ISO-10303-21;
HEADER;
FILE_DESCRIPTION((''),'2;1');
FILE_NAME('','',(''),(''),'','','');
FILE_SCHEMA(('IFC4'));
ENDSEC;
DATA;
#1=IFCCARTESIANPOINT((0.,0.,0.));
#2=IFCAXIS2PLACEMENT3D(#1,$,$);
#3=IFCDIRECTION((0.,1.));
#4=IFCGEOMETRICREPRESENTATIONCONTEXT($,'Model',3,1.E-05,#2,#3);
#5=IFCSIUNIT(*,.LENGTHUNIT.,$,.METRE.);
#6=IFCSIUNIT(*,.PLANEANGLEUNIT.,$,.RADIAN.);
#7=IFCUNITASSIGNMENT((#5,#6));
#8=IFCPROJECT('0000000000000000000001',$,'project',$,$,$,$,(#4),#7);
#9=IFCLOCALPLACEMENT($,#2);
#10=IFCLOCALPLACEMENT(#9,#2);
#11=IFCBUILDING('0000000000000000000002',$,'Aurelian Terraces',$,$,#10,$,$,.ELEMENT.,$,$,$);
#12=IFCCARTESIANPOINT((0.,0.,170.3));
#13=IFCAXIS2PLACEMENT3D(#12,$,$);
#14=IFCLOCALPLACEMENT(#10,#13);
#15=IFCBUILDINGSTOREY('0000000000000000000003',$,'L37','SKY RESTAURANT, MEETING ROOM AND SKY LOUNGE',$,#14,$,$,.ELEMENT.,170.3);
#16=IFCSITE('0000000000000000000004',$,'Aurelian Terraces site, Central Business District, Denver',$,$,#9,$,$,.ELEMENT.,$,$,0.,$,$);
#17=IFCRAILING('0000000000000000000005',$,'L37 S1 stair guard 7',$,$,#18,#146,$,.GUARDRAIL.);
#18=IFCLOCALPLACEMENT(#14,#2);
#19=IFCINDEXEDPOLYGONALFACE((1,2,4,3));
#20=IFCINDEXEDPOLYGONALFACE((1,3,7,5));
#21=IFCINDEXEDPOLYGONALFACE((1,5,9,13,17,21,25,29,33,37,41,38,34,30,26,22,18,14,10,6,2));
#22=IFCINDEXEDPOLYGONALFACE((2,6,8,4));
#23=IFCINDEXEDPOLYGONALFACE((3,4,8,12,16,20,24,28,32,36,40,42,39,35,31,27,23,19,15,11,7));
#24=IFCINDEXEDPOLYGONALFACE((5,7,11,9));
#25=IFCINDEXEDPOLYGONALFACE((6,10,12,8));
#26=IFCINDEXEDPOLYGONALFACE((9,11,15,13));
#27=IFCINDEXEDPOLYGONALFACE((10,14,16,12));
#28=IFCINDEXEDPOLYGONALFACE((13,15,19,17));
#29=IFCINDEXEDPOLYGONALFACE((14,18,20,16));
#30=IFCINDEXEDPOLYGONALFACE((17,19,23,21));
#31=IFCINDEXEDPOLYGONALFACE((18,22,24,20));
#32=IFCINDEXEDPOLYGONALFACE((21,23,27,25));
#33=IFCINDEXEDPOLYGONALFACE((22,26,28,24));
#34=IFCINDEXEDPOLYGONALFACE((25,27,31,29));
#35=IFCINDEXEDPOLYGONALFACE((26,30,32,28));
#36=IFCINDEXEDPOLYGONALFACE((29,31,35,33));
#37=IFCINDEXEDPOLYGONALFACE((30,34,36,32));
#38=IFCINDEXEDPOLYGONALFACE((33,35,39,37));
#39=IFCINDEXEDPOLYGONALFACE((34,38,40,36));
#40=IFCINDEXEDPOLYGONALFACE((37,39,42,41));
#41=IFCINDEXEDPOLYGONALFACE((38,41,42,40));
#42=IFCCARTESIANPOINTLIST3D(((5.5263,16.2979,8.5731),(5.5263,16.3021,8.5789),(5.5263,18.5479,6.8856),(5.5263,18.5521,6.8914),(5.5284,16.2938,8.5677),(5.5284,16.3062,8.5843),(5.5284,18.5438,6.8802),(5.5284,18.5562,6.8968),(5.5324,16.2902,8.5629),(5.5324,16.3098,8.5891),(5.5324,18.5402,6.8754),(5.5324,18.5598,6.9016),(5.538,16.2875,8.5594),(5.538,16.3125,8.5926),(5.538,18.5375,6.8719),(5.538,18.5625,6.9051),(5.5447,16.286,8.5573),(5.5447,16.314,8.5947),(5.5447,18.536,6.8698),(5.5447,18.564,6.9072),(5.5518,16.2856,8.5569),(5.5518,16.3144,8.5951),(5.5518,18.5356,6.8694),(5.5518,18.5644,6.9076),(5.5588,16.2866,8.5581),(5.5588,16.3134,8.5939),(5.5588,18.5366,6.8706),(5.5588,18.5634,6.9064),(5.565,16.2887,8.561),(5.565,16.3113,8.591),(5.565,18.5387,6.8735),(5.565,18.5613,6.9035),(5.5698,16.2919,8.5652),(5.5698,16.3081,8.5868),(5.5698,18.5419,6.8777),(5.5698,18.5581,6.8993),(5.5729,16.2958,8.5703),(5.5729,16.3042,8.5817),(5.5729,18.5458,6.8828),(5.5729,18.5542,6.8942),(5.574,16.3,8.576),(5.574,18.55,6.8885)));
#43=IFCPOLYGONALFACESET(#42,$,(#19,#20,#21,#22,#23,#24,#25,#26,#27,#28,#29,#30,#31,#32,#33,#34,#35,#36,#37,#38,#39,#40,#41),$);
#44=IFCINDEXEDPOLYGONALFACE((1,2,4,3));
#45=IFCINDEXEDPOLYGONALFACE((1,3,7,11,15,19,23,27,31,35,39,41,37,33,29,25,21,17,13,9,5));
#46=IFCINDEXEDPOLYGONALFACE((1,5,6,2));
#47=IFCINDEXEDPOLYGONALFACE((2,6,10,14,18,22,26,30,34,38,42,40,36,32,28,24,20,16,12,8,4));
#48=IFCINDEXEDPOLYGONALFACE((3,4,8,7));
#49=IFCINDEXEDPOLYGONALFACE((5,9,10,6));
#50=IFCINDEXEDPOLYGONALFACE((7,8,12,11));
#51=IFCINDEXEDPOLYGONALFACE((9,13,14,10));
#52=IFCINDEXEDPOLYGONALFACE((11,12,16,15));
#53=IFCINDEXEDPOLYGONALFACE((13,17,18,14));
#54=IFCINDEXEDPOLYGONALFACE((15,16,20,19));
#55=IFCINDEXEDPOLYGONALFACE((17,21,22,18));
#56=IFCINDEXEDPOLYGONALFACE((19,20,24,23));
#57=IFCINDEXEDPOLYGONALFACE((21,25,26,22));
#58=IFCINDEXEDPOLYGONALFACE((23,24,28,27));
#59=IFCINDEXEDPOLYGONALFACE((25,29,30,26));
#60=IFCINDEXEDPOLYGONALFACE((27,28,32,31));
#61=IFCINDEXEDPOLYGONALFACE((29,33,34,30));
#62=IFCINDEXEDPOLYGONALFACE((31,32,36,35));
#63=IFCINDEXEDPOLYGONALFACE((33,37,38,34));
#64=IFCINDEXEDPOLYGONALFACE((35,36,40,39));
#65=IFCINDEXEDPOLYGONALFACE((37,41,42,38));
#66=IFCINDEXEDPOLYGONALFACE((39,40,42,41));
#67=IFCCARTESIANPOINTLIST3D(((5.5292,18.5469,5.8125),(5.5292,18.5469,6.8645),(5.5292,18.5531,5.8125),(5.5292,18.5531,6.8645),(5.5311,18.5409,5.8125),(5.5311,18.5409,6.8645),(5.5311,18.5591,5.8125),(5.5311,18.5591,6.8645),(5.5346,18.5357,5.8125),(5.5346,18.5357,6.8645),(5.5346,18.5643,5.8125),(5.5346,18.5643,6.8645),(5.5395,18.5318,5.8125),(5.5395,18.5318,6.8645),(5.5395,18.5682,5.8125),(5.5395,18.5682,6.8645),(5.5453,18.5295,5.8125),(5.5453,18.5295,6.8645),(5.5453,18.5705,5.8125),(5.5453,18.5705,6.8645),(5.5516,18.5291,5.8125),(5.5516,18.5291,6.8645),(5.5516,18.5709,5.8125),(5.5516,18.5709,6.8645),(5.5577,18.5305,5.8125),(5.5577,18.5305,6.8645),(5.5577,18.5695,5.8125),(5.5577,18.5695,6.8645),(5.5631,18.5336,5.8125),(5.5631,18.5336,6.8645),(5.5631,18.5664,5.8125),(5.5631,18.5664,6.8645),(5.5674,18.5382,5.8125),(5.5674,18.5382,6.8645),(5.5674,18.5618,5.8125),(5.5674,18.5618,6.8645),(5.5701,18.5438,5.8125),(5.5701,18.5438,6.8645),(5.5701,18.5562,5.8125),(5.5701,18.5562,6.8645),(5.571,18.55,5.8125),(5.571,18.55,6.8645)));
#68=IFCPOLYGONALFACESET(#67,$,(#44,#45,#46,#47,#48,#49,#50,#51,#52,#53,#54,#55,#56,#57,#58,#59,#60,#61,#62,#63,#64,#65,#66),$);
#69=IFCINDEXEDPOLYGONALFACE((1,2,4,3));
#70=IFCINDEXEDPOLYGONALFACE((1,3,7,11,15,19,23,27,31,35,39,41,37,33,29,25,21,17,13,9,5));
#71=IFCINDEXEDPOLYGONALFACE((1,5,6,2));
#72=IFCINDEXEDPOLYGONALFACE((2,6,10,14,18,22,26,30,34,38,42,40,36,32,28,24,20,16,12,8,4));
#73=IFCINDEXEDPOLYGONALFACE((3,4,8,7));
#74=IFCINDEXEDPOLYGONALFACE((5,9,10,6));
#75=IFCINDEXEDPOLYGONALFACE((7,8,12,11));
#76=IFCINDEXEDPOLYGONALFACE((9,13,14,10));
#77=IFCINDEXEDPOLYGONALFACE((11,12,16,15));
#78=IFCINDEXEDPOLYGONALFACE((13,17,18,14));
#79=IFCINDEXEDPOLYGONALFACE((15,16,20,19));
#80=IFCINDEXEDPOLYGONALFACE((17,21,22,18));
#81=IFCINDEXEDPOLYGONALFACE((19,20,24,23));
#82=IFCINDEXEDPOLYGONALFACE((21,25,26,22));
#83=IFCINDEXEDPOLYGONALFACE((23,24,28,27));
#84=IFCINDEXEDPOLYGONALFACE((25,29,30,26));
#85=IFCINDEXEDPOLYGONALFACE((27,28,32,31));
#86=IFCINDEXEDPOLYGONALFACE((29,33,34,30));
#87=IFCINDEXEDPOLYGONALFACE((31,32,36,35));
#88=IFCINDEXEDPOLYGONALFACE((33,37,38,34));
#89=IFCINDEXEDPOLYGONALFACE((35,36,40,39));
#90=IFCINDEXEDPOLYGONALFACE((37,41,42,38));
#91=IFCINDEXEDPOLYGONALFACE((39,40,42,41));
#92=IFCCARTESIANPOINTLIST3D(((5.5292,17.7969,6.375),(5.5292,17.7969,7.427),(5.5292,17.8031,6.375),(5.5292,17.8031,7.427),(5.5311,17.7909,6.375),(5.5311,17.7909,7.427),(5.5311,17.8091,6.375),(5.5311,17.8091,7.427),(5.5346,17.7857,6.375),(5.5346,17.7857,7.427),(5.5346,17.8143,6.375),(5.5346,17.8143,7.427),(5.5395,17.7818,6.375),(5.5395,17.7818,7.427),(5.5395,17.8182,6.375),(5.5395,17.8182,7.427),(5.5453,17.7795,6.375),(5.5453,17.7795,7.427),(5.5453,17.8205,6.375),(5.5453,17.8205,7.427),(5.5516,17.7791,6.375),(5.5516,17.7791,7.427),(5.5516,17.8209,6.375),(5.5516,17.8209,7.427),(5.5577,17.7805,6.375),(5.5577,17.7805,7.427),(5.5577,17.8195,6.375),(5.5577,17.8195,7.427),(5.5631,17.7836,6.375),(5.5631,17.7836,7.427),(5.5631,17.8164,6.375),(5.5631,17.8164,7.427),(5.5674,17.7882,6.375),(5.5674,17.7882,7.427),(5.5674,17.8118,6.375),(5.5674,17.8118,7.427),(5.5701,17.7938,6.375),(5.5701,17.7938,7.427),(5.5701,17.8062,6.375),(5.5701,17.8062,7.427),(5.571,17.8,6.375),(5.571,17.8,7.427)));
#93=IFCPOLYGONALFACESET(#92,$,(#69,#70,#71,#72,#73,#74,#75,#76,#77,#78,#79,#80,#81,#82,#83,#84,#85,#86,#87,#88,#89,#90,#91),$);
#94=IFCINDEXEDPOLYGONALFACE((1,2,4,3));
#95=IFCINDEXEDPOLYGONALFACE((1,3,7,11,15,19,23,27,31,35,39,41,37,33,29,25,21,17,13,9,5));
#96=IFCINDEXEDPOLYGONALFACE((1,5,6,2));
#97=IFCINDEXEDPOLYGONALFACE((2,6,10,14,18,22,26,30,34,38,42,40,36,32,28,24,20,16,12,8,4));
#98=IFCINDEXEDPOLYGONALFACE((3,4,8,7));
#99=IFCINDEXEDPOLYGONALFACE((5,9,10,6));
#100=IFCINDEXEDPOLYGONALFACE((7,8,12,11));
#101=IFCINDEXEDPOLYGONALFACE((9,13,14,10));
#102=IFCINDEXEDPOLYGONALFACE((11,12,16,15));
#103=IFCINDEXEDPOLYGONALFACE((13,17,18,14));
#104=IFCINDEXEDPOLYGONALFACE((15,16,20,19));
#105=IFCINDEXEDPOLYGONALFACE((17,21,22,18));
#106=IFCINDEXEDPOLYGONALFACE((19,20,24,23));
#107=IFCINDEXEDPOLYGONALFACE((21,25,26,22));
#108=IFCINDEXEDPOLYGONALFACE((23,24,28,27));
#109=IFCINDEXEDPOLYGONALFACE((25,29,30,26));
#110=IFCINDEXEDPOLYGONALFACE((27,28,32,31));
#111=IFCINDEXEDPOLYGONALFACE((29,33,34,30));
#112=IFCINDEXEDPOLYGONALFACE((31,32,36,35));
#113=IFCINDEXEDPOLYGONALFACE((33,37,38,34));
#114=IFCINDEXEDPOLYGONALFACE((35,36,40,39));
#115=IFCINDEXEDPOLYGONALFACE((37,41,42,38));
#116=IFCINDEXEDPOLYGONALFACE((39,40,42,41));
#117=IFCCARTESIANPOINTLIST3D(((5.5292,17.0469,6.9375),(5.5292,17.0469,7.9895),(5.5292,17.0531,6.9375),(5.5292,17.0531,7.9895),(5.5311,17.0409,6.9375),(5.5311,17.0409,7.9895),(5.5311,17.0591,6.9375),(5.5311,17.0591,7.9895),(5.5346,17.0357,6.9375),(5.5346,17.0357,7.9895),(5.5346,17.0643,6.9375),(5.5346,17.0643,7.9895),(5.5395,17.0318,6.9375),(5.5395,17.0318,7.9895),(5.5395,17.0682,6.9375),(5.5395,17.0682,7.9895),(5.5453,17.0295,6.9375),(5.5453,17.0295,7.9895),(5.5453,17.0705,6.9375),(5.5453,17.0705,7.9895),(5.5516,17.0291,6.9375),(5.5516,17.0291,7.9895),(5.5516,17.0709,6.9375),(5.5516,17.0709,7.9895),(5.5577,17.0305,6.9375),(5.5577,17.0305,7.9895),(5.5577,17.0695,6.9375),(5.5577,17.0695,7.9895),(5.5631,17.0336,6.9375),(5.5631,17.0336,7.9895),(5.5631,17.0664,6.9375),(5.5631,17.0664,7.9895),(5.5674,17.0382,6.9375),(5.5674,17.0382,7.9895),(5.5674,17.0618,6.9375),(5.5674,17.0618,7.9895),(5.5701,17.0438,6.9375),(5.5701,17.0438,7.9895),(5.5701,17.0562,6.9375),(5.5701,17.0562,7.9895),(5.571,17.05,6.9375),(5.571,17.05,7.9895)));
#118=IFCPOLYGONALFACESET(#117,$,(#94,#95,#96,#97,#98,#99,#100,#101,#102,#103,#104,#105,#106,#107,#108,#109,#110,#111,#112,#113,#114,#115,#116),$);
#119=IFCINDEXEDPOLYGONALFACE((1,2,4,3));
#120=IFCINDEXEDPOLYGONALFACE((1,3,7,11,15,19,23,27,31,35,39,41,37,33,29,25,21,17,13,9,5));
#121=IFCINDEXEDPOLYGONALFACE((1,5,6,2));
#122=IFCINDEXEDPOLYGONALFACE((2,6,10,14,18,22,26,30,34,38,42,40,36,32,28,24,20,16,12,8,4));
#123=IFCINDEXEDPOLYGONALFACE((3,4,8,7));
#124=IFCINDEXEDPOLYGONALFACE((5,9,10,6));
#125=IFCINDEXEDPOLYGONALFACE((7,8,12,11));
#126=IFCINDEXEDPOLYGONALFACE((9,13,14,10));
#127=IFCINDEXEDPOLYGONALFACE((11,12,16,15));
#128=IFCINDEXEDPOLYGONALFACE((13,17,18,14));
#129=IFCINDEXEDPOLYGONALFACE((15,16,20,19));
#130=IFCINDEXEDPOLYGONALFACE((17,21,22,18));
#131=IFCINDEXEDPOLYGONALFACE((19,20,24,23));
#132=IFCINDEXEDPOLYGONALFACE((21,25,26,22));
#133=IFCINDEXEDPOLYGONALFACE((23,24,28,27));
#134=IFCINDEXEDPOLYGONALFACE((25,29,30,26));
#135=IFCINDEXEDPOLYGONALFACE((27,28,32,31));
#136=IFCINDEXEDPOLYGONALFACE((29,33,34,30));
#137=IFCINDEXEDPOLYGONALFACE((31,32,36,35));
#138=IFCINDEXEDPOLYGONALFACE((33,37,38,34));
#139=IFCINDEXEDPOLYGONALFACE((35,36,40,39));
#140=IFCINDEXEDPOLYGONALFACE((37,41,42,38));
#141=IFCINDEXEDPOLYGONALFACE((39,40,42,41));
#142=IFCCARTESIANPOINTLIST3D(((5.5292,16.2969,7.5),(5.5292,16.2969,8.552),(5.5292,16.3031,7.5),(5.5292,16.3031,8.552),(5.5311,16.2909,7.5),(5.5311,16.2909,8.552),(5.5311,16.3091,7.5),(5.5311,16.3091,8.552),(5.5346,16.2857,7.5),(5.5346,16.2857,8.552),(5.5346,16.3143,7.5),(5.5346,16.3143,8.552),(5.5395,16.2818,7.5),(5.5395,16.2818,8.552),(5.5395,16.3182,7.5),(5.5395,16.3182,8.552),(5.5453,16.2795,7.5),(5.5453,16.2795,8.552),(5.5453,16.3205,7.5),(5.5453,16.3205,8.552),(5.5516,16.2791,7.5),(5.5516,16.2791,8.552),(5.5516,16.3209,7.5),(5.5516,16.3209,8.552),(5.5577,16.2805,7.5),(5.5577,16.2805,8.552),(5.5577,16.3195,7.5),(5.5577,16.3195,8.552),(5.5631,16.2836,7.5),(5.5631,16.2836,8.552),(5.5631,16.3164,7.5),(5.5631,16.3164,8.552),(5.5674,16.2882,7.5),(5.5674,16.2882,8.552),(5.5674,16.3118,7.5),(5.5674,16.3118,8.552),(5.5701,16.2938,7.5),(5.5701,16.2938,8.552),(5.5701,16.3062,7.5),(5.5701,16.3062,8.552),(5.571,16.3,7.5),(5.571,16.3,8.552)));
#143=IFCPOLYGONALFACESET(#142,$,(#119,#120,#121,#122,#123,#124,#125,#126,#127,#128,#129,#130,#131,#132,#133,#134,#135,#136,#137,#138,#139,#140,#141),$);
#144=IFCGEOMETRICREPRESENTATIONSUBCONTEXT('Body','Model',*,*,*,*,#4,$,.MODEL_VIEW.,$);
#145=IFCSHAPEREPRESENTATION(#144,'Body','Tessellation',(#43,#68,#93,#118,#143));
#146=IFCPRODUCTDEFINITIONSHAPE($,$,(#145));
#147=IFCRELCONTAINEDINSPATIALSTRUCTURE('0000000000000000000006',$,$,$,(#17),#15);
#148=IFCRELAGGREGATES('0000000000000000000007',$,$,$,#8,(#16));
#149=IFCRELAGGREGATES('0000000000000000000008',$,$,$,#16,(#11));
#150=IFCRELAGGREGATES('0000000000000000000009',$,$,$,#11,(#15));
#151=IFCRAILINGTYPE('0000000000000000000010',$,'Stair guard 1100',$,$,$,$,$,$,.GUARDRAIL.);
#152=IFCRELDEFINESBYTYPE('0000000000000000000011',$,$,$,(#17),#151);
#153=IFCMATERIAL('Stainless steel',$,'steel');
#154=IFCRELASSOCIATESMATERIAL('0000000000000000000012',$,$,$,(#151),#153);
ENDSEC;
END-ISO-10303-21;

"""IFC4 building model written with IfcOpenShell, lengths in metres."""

from ifc_helpers import new_model, si_unit, direction, frame, origin, origin_2d, place, context, subcontext, project, spatial, circle, extrude, source, transform, mapped, material, type_object, element, save


model = new_model("IFC4")

# Units and contexts
model_context = context("Model", 3, precision=1e-05, world=origin(), true_north=direction((0.0, 1.0)))
body_context = subcontext(model_context, "Body", "Model", "MODEL_VIEW")
ifc_project = project(units=[si_unit("LENGTHUNIT", "METRE"), si_unit("PLANEANGLEUNIT", "RADIAN")], contexts=[model_context])

# Site, building, storey
site_placement = place(None, origin())
site = spatial("IfcSite", under=ifc_project, at=site_placement, Name="Aurelian Terraces site, Central Business District, Denver", CompositionType="ELEMENT", RefElevation=0.0)
building_placement = place(site_placement, origin())
building = spatial("IfcBuilding", under=site, at=building_placement, Name="Aurelian Terraces", CompositionType="ELEMENT")
storey_placement = place(building_placement, frame((0.0, 0.0, 170.3)))
storey = spatial("IfcBuildingStorey", under=building, at=storey_placement, Name="L37", Description="SKY RESTAURANT, MEETING ROOM AND SKY LOUNGE", CompositionType="ELEMENT", Elevation=170.3)

# Shared definitions
ifc_material_1 = material(Name="Stainless steel", Category="steel")

# Railing
railing_type_1 = type_object("IfcRailingType", Name="Stair guard 1100", PredefinedType="GUARDRAIL", material=ifc_material_1)
shared_shape_1 = source(origin(), body_context, "Body", "SweptSolid", [
    extrude(circle(Radius=0.024, at=origin_2d()), frame((0.0, 0.0, 1.076), z_axis=(0.0, -0.8, 0.6), x_axis=(1.0, 0.0, 0.0)), (0.0, 0.0, 1.0), 2.8125),
    extrude(circle(Radius=0.021, at=origin_2d()), origin(), (0.0, 0.0, 1.0), 1.052),
    extrude(circle(Radius=0.021, at=origin_2d()), frame((0.0, -0.75, 0.5625)), (0.0, 0.0, 1.0), 1.052),
    extrude(circle(Radius=0.021, at=origin_2d()), frame((0.0, -1.5, 1.125)), (0.0, 0.0, 1.0), 1.052),
    extrude(circle(Radius=0.021, at=origin_2d()), frame((0.0, -2.25, 1.6875)), (0.0, 0.0, 1.0), 1.052),
])
for number, where, name in (
    (1, (5.55, 18.55, 5.8125), "L37 S1 stair guard 7"),
):
    element("IfcRailing", number, at=place(storey_placement, frame(where)), inside=storey, type_object=railing_type_1, Name=name, PredefinedType="GUARDRAIL", context=body_context, shape_type="MappedRepresentation", body=[
        mapped(shared_shape_1, transform((0.0, 0.0, 0.0), scale=1.0)),
    ])

save(model, "model.ifc")
